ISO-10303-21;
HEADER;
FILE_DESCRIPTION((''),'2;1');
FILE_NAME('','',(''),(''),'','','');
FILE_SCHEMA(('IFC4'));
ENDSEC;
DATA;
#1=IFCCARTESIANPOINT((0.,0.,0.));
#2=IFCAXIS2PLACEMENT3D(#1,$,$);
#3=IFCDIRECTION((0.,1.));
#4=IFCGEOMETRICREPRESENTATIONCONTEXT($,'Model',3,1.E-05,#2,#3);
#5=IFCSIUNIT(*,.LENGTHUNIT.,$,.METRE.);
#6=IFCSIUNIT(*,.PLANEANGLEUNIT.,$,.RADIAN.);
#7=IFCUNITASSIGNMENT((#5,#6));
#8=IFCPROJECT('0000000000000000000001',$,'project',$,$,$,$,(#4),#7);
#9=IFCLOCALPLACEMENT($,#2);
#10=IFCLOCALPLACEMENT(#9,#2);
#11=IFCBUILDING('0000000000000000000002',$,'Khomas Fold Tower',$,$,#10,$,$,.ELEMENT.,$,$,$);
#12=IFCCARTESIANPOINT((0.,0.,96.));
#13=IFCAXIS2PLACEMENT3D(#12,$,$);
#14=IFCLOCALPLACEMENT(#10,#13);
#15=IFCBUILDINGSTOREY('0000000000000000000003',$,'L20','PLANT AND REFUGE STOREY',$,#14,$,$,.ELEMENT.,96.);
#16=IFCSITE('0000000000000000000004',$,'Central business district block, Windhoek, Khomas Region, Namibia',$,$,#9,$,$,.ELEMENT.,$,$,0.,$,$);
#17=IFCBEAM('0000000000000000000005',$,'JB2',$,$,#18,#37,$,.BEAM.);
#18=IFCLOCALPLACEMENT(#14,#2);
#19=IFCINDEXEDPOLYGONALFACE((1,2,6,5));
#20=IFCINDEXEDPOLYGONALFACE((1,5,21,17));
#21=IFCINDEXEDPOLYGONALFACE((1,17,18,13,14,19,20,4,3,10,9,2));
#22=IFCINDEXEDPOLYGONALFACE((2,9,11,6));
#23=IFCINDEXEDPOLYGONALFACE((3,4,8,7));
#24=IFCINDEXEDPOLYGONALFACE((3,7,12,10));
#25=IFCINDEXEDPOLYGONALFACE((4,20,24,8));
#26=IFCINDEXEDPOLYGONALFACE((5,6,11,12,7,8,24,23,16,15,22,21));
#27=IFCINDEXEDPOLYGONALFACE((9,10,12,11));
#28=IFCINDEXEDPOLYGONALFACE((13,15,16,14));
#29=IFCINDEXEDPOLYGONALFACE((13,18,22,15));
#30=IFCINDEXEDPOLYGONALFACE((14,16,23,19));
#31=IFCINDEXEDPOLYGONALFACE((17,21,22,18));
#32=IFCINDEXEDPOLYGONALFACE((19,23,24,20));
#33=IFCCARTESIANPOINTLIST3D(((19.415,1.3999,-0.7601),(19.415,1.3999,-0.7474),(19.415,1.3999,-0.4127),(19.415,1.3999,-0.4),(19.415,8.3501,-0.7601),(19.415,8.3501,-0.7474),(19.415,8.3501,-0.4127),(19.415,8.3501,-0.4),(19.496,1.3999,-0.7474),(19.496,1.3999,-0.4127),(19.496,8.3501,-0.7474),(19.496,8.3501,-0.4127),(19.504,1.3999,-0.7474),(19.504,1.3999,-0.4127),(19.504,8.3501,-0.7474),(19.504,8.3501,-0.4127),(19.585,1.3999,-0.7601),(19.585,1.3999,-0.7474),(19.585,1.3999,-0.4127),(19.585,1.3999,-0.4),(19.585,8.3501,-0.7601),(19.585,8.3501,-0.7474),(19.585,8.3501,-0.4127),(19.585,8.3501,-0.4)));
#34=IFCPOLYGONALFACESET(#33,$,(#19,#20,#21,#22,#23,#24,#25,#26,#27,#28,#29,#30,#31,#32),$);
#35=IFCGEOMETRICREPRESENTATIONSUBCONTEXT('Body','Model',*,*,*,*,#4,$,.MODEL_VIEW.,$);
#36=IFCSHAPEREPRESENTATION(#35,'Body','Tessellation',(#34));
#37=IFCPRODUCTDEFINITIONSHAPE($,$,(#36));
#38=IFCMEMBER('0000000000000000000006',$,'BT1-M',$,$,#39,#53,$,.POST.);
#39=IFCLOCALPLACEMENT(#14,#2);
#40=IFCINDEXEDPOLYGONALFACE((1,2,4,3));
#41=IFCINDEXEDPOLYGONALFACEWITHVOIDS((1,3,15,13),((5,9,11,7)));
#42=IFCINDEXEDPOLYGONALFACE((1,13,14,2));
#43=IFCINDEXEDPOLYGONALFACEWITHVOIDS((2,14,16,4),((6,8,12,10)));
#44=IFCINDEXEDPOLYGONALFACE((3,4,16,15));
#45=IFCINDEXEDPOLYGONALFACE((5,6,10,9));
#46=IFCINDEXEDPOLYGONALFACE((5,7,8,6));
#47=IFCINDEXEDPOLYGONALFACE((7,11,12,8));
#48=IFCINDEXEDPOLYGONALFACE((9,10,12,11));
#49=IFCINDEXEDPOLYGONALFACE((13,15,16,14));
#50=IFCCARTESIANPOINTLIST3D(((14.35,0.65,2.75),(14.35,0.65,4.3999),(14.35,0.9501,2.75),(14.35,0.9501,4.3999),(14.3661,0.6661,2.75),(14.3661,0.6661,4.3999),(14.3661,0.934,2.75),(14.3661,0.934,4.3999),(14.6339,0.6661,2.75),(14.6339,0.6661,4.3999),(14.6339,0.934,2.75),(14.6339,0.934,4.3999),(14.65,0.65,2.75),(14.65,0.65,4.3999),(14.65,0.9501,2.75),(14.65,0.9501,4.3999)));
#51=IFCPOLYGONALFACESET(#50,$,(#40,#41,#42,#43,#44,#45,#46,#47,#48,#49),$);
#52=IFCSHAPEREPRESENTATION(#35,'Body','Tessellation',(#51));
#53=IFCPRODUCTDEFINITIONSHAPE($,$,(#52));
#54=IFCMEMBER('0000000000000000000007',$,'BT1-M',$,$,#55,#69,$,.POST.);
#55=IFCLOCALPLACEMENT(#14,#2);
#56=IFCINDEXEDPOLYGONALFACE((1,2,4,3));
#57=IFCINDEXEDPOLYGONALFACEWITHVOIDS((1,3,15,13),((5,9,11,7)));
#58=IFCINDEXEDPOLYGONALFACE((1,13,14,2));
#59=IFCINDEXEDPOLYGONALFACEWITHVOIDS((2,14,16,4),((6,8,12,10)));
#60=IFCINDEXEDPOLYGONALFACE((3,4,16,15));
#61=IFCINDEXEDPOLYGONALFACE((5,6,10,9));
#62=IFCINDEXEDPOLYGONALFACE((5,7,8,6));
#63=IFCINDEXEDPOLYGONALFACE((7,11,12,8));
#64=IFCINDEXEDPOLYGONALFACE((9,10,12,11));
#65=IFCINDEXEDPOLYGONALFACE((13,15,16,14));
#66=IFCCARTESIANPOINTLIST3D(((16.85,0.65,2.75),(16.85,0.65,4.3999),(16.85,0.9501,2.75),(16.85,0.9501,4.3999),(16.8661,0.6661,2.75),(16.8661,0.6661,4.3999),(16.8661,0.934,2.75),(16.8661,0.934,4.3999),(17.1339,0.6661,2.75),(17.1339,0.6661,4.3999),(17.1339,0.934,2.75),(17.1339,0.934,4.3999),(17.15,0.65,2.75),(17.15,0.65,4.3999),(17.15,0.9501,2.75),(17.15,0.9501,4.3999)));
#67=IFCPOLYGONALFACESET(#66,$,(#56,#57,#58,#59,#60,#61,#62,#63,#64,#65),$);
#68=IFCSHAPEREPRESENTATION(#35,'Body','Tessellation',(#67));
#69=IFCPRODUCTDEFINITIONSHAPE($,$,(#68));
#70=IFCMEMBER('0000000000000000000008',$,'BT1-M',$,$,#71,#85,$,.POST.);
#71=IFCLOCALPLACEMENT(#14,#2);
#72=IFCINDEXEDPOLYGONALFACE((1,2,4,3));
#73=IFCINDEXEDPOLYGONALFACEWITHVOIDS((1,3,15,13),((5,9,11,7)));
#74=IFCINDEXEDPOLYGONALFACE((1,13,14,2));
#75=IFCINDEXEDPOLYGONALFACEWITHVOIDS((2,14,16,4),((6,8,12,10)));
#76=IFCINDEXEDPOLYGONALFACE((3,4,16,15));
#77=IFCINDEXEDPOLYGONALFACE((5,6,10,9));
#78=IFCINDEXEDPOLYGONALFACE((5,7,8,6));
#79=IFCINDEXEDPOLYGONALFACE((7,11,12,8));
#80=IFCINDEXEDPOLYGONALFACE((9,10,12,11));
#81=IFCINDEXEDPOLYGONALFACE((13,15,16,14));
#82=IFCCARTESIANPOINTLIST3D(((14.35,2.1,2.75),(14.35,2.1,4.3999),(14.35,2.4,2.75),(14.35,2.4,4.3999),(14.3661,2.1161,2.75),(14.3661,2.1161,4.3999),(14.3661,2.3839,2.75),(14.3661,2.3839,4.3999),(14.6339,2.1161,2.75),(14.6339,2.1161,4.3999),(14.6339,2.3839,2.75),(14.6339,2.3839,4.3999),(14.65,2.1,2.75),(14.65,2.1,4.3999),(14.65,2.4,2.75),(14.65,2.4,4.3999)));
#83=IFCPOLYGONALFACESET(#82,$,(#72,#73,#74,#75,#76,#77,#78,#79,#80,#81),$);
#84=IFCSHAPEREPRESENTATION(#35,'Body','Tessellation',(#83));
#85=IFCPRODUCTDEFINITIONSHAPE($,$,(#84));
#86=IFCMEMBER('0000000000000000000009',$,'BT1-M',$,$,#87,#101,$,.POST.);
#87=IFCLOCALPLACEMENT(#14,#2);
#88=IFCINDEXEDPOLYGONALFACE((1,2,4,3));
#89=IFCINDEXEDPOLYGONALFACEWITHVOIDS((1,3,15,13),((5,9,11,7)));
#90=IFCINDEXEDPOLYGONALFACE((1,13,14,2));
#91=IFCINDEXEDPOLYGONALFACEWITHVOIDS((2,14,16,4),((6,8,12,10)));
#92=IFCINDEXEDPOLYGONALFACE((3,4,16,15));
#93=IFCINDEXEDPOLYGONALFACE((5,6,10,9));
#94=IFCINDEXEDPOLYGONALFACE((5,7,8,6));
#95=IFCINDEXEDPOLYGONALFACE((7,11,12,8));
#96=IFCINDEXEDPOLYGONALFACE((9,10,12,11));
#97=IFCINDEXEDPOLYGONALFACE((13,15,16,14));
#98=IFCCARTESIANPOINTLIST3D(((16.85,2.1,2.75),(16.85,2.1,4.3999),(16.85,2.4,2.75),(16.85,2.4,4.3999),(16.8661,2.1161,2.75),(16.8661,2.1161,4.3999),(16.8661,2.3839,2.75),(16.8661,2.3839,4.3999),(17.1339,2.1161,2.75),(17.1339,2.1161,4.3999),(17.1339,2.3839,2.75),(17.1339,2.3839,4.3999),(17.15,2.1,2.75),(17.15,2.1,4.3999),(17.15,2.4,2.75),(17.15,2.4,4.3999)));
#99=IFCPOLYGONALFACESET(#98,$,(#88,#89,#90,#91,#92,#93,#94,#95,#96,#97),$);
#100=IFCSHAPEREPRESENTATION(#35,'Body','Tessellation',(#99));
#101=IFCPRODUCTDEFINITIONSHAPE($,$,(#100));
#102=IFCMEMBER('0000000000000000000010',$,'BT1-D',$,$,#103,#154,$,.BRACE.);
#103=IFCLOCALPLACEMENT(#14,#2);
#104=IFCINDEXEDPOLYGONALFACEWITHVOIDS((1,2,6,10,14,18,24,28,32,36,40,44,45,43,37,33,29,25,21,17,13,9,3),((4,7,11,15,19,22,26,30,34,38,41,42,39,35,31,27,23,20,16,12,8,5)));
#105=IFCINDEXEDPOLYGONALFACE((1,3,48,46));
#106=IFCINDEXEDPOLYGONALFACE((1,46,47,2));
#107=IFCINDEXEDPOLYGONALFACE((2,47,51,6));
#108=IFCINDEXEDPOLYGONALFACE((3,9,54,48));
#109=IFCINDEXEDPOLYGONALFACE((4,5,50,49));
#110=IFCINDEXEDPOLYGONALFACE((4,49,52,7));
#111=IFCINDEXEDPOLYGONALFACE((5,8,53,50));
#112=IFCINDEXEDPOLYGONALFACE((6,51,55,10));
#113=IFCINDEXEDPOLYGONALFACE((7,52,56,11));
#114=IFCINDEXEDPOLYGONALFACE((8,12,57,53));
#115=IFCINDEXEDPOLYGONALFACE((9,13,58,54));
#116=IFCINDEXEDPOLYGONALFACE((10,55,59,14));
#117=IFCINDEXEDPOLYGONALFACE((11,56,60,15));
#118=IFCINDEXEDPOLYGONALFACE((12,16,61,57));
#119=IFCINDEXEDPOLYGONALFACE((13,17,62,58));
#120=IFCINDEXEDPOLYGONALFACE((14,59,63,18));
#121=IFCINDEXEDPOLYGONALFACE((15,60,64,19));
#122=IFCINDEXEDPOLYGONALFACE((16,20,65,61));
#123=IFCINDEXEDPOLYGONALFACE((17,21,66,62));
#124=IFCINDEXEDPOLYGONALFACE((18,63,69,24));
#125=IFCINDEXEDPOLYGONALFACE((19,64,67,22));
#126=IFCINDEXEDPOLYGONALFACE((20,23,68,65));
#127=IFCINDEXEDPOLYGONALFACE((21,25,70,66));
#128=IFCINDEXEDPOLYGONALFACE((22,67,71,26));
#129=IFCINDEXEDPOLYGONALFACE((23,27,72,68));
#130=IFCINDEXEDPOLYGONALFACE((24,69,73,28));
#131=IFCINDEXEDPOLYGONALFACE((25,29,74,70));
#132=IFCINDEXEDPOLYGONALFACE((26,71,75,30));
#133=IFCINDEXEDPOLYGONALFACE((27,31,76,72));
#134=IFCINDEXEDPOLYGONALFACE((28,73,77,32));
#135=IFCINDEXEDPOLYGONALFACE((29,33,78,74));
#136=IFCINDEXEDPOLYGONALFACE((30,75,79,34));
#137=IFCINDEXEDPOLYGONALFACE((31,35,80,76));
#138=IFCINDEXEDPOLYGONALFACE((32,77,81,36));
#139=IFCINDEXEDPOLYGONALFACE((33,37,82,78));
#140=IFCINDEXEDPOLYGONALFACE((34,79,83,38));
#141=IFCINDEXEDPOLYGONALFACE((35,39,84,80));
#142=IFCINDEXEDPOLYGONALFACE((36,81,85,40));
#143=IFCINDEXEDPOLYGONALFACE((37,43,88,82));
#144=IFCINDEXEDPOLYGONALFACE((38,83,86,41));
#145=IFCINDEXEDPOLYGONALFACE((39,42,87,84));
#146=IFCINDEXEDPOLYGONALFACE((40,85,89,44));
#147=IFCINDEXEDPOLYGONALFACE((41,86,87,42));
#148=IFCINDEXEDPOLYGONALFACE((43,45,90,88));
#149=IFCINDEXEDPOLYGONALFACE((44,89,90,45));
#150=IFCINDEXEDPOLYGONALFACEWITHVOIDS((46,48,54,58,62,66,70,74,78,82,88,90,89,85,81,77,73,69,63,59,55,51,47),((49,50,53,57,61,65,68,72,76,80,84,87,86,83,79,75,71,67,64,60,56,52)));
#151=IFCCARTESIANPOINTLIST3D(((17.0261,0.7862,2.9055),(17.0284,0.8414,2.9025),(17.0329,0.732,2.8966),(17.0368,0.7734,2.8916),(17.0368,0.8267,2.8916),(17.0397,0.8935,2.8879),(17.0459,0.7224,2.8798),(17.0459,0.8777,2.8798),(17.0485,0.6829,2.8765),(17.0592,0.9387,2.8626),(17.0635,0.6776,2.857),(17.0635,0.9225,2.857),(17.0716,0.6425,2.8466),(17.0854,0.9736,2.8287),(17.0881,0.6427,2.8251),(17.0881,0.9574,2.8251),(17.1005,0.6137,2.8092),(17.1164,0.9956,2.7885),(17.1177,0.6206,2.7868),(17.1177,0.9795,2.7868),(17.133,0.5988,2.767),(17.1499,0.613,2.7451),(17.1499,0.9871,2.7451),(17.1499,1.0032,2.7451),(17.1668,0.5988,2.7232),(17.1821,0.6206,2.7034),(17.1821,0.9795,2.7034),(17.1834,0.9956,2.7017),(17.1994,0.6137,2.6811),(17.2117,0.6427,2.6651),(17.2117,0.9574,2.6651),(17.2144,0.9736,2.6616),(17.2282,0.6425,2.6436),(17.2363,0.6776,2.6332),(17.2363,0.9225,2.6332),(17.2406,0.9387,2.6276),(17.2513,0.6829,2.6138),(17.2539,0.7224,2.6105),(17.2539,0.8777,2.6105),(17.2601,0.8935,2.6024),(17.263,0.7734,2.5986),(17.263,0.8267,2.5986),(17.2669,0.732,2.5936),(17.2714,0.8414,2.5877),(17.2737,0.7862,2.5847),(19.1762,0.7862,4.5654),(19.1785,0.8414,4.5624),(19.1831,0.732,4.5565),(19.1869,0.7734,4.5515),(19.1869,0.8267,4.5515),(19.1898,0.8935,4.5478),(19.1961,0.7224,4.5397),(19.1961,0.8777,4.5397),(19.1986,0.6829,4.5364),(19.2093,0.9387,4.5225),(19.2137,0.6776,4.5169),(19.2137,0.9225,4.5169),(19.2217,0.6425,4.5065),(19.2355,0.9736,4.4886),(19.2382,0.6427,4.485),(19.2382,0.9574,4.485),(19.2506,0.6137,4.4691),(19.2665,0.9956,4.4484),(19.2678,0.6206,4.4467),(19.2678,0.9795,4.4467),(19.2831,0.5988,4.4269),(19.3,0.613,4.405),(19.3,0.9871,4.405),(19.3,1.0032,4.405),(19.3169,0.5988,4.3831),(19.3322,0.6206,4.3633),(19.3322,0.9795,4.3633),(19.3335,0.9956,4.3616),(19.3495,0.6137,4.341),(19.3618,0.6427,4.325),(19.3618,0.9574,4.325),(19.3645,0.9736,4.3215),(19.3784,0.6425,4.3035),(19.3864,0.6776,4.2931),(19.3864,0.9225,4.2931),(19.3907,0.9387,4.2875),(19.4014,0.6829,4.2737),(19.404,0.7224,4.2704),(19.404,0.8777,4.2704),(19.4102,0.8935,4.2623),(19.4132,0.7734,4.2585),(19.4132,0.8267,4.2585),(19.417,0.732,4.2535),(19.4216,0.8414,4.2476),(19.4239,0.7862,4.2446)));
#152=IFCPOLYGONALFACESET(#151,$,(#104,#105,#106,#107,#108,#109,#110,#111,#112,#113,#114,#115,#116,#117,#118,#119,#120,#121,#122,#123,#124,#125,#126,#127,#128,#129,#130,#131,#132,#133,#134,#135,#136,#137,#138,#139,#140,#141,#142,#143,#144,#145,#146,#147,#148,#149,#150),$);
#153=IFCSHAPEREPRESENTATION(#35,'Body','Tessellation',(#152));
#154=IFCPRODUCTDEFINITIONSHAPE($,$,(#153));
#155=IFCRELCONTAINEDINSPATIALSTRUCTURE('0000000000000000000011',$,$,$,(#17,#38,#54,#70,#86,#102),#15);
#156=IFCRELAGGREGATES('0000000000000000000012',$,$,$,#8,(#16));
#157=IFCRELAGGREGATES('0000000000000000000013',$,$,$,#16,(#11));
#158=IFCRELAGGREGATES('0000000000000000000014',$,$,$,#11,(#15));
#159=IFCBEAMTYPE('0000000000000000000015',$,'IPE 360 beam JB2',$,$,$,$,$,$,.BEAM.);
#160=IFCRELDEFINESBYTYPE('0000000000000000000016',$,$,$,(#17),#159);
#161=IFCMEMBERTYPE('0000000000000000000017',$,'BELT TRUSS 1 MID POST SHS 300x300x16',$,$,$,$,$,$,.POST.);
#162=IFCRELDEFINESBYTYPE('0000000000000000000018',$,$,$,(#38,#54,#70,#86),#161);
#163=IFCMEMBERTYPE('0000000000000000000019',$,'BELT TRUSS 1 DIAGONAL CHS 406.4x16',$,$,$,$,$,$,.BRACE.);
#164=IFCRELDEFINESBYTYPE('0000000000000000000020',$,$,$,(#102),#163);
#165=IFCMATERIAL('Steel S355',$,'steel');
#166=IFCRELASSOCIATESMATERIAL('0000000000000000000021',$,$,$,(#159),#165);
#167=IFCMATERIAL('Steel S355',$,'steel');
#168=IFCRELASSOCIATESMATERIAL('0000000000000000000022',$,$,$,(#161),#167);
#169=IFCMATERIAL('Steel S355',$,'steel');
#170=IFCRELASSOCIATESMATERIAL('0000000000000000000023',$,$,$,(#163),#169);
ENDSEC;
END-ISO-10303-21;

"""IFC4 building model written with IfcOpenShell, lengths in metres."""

from ifc_helpers import new_model, si_unit, direction, frame, origin, origin_2d, place, context, subcontext, project, spatial, hollow_rectangle, hollow_circle, i_section, extrude, source, transform, mapped, material, material_profile, profile_set, type_object, element, save


model = new_model("IFC4")

# Units and contexts
model_context = context("Model", 3, precision=1e-05, world=origin(), true_north=direction((0.0, 1.0)))
body_context = subcontext(model_context, "Body", "Model", "MODEL_VIEW")
ifc_project = project(units=[si_unit("LENGTHUNIT", "METRE"), si_unit("PLANEANGLEUNIT", "RADIAN")], contexts=[model_context])

# Site, building, storey
site_placement = place(None, origin())
site = spatial("IfcSite", under=ifc_project, at=site_placement, Name="Central business district block, Windhoek, Khomas Region, Namibia", CompositionType="ELEMENT", RefElevation=0.0)
building_placement = place(site_placement, origin())
building = spatial("IfcBuilding", under=site, at=building_placement, Name="Khomas Fold Tower", CompositionType="ELEMENT")
storey_placement = place(building_placement, frame((0.0, 0.0, 96.0)))
storey = spatial("IfcBuildingStorey", under=building, at=storey_placement, Name="L20", Description="PLANT AND REFUGE STOREY", CompositionType="ELEMENT", Elevation=96.0)

# Beam
ifc_material_1 = material(Name="Steel S355", Category="steel")
ifc_material_profile_1 = material_profile(ifc_material_1, i_section(OverallWidth=0.1699, OverallDepth=0.3601, WebThickness=0.0081, FlangeThickness=0.0127, at=origin_2d()), Name="IPE 360")
ifc_profile_set_1 = profile_set([ifc_material_profile_1], Name="Steel S355")
beam_type = type_object("IfcBeamType", Name="IPE 360 beam JB2", PredefinedType="BEAM", material=ifc_profile_set_1)
shared_shape_1 = source(origin(), body_context, "Body", "SweptSolid", [
    extrude(i_section(OverallWidth=0.1699, OverallDepth=0.3601, WebThickness=0.0081, FlangeThickness=0.0127, at=origin_2d()), origin(), (0.0, 0.0, 1.0), 6.9502),
])
beam_placement = place(storey_placement, frame((19.5, 1.3999, -0.5801), z_axis=(0.0, 1.0, 0.0), x_axis=(-1.0, 0.0, 0.0)))
element("IfcBeam", 1, at=beam_placement, inside=storey, type_object=beam_type, Name="JB2", PredefinedType="BEAM", context=body_context, shape_type="MappedRepresentation", body=[
    mapped(shared_shape_1, transform((0.0, 0.0, 0.0))),
])

# Members
ifc_material_2 = material(Name="Steel S355", Category="steel")
ifc_material_profile_2 = material_profile(ifc_material_2, hollow_rectangle(XDim=0.3, YDim=0.3, WallThickness=0.0161, at=origin_2d()), Name="SHS 300x300x16")
ifc_profile_set_2 = profile_set([ifc_material_profile_2], Name="Steel S355")
member_type_1 = type_object("IfcMemberType", Name="BELT TRUSS 1 MID POST SHS 300x300x16", PredefinedType="POST", material=ifc_profile_set_2)
shared_shape_2 = source(origin(), body_context, "Body", "SweptSolid", [
    extrude(hollow_rectangle(XDim=0.3, YDim=0.3, WallThickness=0.0161, at=origin_2d()), origin(), (0.0, 0.0, 1.0), 1.6499),
])
for number, where, z_axis, x_axis, name in (
    (2, (14.5, 0.8, 2.75), (0.0, 0.0, 1.0), (1.0, 0.0, 0.0), "BT1-M"),
    (3, (17.0, 0.8, 2.75), (0.0, 0.0, 1.0), (1.0, 0.0, 0.0), "BT1-M"),
    (4, (14.5, 2.25, 2.75), (0.0, 0.0, 1.0), (1.0, 0.0, 0.0), "BT1-M"),
    (5, (17.0, 2.25, 2.75), (0.0, 0.0, 1.0), (1.0, 0.0, 0.0), "BT1-M"),
):
    element("IfcMember", number, at=place(storey_placement, frame(where, z_axis=z_axis, x_axis=x_axis)), inside=storey, type_object=member_type_1, Name=name, PredefinedType="POST", context=body_context, shape_type="MappedRepresentation", body=[
        mapped(shared_shape_2, transform((0.0, 0.0, 0.0))),
    ])
ifc_material_3 = material(Name="Steel S355", Category="steel")
ifc_material_profile_3 = material_profile(ifc_material_3, hollow_circle(Radius=0.2031, WallThickness=0.0161, at=origin_2d()), Name="CHS 406.4x16")
ifc_profile_set_3 = profile_set([ifc_material_profile_3], Name="Steel S355")
member_type_2 = type_object("IfcMemberType", Name="BELT TRUSS 1 DIAGONAL CHS 406.4x16", PredefinedType="BRACE", material=ifc_profile_set_3)
shared_shape_3 = source(origin(), body_context, "Body", "SweptSolid", [
    extrude(hollow_circle(Radius=0.2031, WallThickness=0.0161, at=origin_2d()), origin(), (0.0, 0.0, 1.0), 2.7163),
])
for number, where, z_axis, x_axis, name in (
    (6, (17.1499, 0.8, 2.7451), (0.791564, 0.0, 0.611087), (0.0, 1.0, 0.0), "BT1-D"),
):
    element("IfcMember", number, at=place(storey_placement, frame(where, z_axis=z_axis, x_axis=x_axis)), inside=storey, type_object=member_type_2, Name=name, PredefinedType="BRACE", context=body_context, shape_type="MappedRepresentation", body=[
        mapped(shared_shape_3, transform((0.0, 0.0, 0.0))),
    ])

save(model, "model.ifc")
